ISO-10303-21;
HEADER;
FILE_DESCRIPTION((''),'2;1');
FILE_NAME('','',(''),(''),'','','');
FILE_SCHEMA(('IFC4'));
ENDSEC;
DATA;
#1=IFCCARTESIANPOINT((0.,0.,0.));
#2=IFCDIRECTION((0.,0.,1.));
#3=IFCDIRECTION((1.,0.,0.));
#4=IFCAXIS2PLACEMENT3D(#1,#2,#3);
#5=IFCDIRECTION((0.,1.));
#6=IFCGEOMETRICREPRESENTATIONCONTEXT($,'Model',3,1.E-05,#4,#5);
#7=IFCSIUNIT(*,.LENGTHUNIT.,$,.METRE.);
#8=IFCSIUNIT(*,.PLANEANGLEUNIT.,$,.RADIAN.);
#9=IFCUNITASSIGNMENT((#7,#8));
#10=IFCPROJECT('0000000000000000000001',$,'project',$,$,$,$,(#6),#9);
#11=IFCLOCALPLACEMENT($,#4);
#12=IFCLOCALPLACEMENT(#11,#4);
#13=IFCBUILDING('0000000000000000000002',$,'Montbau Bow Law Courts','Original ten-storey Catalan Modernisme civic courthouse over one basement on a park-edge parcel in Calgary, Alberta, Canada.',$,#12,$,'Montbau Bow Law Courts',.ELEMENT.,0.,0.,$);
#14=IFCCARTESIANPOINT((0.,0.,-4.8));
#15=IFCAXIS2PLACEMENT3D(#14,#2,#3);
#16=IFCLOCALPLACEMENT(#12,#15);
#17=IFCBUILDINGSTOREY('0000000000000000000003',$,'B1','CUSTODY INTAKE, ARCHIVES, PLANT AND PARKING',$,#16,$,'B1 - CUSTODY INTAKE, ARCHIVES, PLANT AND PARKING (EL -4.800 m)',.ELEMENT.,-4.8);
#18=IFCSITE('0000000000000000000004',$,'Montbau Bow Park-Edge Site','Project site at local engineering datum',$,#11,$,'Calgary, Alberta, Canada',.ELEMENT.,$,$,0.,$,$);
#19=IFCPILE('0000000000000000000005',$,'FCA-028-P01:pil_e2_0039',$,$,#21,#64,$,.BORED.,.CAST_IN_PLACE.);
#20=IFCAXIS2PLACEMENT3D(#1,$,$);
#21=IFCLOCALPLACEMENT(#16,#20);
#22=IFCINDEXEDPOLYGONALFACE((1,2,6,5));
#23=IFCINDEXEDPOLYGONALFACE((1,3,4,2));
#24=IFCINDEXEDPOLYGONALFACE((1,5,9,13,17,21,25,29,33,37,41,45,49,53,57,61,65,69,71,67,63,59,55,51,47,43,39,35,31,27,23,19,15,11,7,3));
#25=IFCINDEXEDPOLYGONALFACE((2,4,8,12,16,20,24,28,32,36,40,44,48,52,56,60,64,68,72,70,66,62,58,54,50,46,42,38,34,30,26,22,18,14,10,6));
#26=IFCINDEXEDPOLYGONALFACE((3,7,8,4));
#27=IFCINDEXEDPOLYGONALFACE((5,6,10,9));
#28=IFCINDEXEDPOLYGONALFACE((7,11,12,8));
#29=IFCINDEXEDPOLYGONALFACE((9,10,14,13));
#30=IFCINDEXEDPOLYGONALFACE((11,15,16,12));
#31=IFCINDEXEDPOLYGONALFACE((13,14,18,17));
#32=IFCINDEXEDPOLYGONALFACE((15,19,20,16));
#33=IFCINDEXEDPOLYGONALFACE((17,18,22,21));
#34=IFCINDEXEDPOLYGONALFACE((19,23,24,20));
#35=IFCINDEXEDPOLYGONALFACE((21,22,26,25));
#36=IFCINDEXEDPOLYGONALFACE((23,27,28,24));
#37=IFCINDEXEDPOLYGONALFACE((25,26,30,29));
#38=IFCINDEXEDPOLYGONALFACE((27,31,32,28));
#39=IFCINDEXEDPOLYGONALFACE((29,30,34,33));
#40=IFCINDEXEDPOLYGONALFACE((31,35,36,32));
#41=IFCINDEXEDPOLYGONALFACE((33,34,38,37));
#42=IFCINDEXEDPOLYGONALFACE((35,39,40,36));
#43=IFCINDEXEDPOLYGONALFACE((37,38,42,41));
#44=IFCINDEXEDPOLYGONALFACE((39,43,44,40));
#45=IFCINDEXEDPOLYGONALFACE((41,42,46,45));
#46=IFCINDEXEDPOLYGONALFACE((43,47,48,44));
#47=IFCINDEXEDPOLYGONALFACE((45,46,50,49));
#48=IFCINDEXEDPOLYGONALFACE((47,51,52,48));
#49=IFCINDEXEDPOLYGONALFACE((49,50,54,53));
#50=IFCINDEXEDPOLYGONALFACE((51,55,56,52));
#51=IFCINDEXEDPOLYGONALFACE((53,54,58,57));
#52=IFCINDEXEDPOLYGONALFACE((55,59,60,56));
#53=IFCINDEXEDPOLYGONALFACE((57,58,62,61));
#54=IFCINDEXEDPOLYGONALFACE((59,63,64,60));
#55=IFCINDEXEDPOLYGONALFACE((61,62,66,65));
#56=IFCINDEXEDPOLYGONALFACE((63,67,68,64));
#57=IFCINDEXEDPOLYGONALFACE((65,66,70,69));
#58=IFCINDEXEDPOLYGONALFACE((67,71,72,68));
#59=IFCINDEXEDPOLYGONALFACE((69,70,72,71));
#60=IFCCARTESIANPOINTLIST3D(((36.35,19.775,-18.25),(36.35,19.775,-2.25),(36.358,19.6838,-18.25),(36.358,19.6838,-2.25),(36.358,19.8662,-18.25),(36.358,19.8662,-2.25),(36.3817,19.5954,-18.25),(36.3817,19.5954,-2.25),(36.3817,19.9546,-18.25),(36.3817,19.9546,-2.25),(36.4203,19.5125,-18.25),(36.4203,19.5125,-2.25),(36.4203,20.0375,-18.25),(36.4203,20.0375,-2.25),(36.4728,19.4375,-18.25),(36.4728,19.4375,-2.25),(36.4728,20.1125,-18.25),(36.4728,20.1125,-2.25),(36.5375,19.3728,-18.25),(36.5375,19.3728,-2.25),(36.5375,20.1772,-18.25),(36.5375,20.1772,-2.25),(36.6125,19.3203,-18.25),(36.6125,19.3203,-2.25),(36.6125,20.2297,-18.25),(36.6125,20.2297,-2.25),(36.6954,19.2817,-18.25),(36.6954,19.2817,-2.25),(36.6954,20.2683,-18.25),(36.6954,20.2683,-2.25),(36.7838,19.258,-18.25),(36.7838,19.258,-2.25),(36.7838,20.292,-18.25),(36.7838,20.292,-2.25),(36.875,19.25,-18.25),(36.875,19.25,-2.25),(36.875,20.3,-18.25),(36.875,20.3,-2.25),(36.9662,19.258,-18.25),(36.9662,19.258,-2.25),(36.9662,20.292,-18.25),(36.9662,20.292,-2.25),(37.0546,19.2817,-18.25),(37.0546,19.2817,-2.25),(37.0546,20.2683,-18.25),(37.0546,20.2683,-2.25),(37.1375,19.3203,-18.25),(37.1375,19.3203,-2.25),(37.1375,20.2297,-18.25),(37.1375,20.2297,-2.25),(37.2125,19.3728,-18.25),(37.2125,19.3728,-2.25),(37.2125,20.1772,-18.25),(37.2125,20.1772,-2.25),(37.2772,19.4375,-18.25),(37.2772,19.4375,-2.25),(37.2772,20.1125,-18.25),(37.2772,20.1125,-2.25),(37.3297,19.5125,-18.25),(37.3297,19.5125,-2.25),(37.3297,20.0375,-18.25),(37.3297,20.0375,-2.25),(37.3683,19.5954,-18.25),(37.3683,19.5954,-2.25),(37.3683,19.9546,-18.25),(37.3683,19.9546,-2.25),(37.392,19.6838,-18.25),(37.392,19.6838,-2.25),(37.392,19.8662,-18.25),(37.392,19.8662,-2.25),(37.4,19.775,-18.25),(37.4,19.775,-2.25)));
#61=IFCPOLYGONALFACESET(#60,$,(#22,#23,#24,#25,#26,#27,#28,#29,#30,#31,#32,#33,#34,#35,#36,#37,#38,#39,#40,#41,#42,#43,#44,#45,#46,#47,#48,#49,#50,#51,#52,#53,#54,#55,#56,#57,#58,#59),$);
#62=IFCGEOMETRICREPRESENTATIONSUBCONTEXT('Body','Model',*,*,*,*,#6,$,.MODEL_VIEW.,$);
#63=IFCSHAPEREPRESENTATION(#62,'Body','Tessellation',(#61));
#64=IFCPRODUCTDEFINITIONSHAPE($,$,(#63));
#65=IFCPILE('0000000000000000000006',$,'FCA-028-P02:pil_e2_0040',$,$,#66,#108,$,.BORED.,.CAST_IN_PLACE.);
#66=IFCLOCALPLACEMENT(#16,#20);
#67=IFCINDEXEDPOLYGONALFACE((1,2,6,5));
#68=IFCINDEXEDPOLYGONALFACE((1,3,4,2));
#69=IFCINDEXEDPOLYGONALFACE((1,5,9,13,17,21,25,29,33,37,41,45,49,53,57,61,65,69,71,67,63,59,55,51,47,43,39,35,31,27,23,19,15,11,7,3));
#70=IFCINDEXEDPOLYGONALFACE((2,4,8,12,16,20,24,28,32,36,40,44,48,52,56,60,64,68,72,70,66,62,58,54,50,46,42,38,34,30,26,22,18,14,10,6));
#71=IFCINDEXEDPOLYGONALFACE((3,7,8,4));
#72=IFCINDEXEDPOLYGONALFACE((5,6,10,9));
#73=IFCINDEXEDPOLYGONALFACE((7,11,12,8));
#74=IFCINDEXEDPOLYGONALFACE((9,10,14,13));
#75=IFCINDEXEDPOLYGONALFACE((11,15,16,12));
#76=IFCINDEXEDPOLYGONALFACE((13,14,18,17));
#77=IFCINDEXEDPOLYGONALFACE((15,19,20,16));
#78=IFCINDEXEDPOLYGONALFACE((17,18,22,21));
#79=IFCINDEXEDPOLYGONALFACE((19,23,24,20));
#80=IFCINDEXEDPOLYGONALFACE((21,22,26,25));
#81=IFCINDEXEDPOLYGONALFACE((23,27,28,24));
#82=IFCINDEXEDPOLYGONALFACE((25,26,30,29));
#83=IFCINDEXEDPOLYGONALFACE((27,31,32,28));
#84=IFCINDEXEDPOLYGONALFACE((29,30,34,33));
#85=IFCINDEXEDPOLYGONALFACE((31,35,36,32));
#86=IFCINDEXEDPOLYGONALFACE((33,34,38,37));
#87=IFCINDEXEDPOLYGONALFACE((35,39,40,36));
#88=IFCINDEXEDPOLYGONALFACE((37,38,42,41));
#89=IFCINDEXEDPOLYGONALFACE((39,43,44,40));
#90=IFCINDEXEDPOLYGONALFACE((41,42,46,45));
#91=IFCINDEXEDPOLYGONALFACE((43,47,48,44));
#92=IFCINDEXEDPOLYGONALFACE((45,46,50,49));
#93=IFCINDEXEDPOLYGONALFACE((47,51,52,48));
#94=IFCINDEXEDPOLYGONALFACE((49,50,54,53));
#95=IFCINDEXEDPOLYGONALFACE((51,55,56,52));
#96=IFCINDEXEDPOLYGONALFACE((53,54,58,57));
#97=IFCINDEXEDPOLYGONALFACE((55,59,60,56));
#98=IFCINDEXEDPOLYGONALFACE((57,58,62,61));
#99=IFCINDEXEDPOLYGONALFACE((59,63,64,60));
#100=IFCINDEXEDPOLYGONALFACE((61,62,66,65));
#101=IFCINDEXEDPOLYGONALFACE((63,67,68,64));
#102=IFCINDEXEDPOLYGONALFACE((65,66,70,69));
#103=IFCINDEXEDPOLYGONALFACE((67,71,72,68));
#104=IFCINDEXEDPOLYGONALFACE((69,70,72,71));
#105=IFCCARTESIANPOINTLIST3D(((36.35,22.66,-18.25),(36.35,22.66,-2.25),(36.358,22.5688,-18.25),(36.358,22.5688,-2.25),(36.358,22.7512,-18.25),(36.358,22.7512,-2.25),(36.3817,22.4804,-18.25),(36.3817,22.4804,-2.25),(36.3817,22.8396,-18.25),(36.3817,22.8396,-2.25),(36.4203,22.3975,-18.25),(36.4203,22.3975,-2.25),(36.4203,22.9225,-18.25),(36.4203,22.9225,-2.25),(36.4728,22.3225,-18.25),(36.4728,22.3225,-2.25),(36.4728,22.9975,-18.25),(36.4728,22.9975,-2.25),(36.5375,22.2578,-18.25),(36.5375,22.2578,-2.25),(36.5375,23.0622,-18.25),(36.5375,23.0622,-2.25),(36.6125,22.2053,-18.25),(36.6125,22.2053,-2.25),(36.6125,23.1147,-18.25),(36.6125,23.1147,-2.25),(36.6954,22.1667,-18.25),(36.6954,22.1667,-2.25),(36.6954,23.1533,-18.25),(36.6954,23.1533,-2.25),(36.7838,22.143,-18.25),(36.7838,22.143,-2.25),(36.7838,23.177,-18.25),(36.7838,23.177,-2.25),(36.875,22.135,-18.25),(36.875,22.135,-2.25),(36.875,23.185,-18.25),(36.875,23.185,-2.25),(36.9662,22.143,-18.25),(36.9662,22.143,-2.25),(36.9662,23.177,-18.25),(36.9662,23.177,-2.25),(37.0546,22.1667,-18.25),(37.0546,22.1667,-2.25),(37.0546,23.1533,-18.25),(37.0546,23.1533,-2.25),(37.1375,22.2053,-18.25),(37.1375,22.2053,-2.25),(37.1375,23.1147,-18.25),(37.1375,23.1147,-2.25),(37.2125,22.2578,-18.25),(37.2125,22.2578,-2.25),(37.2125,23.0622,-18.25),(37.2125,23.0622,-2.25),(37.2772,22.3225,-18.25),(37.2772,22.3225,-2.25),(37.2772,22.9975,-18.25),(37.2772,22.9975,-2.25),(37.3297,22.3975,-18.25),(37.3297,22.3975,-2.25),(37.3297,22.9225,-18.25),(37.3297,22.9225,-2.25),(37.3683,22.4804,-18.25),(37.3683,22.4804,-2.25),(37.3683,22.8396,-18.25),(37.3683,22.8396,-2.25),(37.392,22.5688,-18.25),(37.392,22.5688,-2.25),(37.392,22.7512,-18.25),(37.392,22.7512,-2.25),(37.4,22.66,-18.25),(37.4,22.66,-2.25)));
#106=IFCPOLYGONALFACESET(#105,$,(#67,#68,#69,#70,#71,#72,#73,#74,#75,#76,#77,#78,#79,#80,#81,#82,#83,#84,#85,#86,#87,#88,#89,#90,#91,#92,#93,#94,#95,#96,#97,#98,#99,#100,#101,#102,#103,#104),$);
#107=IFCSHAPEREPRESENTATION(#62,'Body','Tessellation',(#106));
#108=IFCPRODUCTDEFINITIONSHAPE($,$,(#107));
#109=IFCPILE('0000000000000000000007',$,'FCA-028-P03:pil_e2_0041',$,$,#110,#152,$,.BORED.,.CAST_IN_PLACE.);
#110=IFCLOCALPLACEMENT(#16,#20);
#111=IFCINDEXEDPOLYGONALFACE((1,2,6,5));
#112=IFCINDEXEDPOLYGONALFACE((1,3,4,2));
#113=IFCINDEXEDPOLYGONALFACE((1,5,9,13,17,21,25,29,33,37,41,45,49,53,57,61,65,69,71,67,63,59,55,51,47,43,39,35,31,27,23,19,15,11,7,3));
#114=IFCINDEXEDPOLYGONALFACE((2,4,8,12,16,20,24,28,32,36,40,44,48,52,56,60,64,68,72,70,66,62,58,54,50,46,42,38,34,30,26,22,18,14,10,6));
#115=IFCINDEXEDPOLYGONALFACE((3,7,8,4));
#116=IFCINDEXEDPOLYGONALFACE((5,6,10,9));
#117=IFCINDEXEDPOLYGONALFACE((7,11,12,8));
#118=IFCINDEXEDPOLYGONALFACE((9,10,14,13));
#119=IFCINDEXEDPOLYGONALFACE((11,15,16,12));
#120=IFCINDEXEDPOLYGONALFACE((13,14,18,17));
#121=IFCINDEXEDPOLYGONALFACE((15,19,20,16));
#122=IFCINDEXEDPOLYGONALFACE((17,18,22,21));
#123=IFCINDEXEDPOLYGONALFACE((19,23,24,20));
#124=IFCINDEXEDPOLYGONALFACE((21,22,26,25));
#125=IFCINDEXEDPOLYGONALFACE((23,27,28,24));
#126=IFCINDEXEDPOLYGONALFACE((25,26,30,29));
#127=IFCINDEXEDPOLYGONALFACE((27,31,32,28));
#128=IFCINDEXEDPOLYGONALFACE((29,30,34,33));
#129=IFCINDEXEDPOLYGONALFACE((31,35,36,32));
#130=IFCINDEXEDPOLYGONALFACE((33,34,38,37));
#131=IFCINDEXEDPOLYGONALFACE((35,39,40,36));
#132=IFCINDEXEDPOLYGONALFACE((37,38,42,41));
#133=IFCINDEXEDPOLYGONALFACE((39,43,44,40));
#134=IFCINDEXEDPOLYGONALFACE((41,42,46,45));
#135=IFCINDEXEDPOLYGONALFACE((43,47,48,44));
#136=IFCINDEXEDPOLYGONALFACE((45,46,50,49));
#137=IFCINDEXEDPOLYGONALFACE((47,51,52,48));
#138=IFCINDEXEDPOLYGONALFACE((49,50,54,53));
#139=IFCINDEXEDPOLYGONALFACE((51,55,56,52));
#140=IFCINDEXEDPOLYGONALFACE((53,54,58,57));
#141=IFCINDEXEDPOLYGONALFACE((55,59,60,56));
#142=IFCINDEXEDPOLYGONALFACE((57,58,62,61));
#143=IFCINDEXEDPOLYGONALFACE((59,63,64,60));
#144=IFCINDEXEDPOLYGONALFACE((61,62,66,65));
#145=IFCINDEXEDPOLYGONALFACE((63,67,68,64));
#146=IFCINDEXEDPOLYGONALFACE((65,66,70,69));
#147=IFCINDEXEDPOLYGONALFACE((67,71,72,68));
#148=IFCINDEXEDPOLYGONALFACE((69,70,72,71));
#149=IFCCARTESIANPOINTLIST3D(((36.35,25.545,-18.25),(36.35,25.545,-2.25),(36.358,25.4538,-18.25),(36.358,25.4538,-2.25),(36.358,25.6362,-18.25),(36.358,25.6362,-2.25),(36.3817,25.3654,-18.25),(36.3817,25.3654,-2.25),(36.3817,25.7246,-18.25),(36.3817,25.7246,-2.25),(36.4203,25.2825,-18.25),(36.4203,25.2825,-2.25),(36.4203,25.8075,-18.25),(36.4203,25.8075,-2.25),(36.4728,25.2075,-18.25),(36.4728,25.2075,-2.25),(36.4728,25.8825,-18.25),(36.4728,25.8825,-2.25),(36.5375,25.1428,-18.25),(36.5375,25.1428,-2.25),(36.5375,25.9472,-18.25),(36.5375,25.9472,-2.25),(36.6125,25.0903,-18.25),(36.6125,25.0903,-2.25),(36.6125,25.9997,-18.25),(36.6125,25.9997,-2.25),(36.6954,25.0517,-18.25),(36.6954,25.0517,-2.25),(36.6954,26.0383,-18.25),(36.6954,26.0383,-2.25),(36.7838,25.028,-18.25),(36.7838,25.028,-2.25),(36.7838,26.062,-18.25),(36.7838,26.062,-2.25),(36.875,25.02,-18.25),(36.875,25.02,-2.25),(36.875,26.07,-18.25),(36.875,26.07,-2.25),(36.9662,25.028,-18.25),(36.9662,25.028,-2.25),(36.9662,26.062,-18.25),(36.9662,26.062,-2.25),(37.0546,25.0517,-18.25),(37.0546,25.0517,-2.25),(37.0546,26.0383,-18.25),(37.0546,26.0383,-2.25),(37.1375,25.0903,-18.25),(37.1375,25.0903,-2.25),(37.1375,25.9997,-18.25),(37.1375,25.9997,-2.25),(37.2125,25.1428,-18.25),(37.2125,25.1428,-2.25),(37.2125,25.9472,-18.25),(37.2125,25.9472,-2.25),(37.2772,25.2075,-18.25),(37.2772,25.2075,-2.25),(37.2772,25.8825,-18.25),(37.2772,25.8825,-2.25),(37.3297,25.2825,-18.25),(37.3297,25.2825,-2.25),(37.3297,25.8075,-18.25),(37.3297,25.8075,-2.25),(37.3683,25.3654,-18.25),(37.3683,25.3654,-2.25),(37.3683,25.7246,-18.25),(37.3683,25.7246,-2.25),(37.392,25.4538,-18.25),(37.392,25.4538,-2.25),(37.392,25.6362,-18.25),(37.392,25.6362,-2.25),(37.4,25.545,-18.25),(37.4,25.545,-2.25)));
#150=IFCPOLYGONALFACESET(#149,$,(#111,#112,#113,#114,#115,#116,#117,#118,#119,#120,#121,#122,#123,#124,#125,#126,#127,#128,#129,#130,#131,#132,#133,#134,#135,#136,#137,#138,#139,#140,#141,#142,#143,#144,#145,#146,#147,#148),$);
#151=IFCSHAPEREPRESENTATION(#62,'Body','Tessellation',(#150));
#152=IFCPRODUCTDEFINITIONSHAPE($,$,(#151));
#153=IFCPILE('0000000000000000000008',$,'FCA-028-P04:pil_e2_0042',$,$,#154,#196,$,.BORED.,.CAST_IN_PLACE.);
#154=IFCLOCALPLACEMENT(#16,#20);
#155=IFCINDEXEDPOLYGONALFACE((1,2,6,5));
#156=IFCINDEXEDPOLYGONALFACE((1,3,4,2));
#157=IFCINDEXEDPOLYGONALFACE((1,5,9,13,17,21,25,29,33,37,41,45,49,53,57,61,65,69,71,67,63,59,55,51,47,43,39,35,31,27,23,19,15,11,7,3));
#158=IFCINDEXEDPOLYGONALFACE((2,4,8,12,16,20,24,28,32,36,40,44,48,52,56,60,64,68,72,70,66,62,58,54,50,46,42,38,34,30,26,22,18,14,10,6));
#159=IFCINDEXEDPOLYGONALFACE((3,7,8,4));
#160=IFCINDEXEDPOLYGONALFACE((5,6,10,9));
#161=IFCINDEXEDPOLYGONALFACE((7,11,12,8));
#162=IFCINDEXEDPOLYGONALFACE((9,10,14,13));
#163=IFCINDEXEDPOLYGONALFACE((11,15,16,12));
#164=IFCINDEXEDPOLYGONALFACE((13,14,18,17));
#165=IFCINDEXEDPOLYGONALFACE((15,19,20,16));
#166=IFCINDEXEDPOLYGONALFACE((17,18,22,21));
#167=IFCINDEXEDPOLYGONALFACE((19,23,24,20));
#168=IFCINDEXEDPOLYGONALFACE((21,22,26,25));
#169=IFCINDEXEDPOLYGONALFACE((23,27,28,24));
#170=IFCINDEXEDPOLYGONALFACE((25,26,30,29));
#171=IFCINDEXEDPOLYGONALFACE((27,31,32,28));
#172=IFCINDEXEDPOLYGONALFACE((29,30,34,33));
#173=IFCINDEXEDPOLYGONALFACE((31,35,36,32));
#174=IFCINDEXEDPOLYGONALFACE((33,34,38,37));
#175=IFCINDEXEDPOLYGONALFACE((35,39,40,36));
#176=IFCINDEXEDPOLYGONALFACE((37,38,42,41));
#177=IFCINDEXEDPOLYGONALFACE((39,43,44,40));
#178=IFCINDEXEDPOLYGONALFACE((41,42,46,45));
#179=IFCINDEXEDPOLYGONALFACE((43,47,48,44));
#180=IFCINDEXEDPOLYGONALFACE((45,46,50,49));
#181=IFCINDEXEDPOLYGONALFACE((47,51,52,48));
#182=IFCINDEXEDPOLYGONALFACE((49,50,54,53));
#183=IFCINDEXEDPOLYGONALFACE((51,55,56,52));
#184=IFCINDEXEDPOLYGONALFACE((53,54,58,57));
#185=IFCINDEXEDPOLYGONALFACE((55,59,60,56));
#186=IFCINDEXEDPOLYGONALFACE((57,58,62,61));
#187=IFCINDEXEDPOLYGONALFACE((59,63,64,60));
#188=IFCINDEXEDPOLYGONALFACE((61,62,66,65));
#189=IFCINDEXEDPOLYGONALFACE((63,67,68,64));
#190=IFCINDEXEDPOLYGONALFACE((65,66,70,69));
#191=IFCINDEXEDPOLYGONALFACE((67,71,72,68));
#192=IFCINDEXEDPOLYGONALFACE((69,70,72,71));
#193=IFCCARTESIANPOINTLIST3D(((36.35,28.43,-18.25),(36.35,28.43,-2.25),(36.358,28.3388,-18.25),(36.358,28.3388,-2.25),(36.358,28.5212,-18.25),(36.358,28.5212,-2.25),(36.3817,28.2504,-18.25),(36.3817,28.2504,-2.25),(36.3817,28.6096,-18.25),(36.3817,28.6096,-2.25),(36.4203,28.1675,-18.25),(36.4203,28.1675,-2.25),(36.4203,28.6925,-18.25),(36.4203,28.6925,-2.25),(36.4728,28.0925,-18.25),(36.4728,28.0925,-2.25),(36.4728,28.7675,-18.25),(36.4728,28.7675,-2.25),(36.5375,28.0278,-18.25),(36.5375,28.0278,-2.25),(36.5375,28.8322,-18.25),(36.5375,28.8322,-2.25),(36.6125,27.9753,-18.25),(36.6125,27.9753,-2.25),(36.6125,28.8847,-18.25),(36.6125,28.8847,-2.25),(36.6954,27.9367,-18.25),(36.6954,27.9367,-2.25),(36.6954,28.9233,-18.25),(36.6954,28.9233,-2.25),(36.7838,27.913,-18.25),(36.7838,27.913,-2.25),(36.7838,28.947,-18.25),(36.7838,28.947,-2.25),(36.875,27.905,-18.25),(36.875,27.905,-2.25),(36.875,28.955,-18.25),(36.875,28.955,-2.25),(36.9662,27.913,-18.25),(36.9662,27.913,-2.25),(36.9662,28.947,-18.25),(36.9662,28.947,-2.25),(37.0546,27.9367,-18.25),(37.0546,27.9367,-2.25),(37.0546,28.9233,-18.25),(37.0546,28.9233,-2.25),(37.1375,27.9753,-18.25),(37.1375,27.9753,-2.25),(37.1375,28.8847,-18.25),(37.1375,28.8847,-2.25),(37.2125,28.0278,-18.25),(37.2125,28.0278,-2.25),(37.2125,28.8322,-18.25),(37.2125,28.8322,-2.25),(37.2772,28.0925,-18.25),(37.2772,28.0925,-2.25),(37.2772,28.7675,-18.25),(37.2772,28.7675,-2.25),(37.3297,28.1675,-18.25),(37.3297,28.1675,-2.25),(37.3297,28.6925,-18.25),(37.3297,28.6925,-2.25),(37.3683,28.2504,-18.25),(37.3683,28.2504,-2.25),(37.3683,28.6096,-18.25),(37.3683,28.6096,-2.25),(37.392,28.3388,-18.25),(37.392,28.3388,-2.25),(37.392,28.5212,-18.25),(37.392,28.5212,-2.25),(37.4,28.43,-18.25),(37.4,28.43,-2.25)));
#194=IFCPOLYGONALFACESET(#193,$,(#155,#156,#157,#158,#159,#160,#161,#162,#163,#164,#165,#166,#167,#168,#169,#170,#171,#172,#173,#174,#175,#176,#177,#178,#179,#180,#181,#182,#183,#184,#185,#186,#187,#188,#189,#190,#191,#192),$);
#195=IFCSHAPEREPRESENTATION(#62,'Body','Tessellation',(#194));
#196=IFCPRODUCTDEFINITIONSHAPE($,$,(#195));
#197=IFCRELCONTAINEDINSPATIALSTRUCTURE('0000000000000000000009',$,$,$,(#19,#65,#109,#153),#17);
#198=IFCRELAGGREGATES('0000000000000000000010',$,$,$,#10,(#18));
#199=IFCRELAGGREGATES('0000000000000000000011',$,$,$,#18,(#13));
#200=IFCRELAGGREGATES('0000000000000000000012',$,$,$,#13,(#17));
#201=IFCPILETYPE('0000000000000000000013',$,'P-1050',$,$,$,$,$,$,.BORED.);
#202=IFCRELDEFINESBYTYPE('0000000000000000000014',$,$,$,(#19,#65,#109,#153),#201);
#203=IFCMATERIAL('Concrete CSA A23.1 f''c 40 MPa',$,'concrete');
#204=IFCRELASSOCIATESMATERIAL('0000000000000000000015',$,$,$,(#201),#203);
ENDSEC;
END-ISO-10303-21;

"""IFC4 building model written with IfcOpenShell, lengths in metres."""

from ifc_helpers import new_model, si_unit, direction, frame, origin_with_axes, origin_2d_with_axis, place, context, subcontext, project, spatial, circle, extrude, material, material_profile, profile_set, type_object, element, save


model = new_model("IFC4")

# Units and contexts
model_context = context("Model", 3, precision=1e-05, world=origin_with_axes(), true_north=direction((0.0, 1.0)))
body_context = subcontext(model_context, "Body", "Model", "MODEL_VIEW")
ifc_project = project(units=[si_unit("LENGTHUNIT", "METRE"), si_unit("PLANEANGLEUNIT", "RADIAN")], contexts=[model_context])

# Site, building, storey
site_placement = place(None, origin_with_axes())
site = spatial("IfcSite", under=ifc_project, at=site_placement, Name="Montbau Bow Park-Edge Site", Description="Project site at local engineering datum", LongName="Calgary, Alberta, Canada", CompositionType="ELEMENT", RefElevation=0.0)
building_placement = place(site_placement, origin_with_axes())
building = spatial("IfcBuilding", under=site, at=building_placement, Name="Montbau Bow Law Courts", Description="Original ten-storey Catalan Modernisme civic courthouse over one basement on a park-edge parcel in Calgary, Alberta, Canada.", LongName="Montbau Bow Law Courts", CompositionType="ELEMENT", ElevationOfRefHeight=0.0, ElevationOfTerrain=0.0)
storey_placement = place(building_placement, frame((0.0, 0.0, -4.8), z_axis=(0.0, 0.0, 1.0), x_axis=(1.0, 0.0, 0.0)))
storey = spatial("IfcBuildingStorey", under=building, at=storey_placement, Name="B1", Description="CUSTODY INTAKE, ARCHIVES, PLANT AND PARKING", LongName="B1 - CUSTODY INTAKE, ARCHIVES, PLANT AND PARKING (EL -4.800 m)", CompositionType="ELEMENT", Elevation=-4.8)

# Piles
ifc_material_1 = material(Name="Concrete CSA A23.1 f'c 40 MPa", Category="concrete")
ifc_material_profile_1 = material_profile(ifc_material_1, circle(Radius=0.525, at=origin_2d_with_axis()), Name="BP1050", Category="Main", Priority=0)
ifc_profile_set_1 = profile_set([ifc_material_profile_1], Name="Concrete CSA A23.1 f'c 40 MPa")
pile_type = type_object("IfcPileType", Name="P-1050", PredefinedType="BORED", material=ifc_profile_set_1)
for number, where, z_axis, x_axis, name in (
    (1, (36.875, 19.775, -23.05), (0.0, 0.0, 1.0), (1.0, 0.0, 0.0), "FCA-028-P01:pil_e2_0039"),
    (2, (36.875, 22.66, -23.05), (0.0, 0.0, 1.0), (1.0, 0.0, 0.0), "FCA-028-P02:pil_e2_0040"),
    (3, (36.875, 25.545, -23.05), (0.0, 0.0, 1.0), (1.0, 0.0, 0.0), "FCA-028-P03:pil_e2_0041"),
    (4, (36.875, 28.43, -23.05), (0.0, 0.0, 1.0), (1.0, 0.0, 0.0), "FCA-028-P04:pil_e2_0042"),
):
    element("IfcPile", number, at=place(None, frame(where, z_axis=z_axis, x_axis=x_axis)), inside=storey, type_object=pile_type, Name=name, ConstructionType="CAST_IN_PLACE", PredefinedType="BORED", context=body_context, shape_type="SweptSolid", body=[
        extrude(circle(Radius=0.525, at=origin_2d_with_axis()), origin_with_axes(), (0.0, 0.0, 1.0), 16.0),
    ])

save(model, "model.ifc")
